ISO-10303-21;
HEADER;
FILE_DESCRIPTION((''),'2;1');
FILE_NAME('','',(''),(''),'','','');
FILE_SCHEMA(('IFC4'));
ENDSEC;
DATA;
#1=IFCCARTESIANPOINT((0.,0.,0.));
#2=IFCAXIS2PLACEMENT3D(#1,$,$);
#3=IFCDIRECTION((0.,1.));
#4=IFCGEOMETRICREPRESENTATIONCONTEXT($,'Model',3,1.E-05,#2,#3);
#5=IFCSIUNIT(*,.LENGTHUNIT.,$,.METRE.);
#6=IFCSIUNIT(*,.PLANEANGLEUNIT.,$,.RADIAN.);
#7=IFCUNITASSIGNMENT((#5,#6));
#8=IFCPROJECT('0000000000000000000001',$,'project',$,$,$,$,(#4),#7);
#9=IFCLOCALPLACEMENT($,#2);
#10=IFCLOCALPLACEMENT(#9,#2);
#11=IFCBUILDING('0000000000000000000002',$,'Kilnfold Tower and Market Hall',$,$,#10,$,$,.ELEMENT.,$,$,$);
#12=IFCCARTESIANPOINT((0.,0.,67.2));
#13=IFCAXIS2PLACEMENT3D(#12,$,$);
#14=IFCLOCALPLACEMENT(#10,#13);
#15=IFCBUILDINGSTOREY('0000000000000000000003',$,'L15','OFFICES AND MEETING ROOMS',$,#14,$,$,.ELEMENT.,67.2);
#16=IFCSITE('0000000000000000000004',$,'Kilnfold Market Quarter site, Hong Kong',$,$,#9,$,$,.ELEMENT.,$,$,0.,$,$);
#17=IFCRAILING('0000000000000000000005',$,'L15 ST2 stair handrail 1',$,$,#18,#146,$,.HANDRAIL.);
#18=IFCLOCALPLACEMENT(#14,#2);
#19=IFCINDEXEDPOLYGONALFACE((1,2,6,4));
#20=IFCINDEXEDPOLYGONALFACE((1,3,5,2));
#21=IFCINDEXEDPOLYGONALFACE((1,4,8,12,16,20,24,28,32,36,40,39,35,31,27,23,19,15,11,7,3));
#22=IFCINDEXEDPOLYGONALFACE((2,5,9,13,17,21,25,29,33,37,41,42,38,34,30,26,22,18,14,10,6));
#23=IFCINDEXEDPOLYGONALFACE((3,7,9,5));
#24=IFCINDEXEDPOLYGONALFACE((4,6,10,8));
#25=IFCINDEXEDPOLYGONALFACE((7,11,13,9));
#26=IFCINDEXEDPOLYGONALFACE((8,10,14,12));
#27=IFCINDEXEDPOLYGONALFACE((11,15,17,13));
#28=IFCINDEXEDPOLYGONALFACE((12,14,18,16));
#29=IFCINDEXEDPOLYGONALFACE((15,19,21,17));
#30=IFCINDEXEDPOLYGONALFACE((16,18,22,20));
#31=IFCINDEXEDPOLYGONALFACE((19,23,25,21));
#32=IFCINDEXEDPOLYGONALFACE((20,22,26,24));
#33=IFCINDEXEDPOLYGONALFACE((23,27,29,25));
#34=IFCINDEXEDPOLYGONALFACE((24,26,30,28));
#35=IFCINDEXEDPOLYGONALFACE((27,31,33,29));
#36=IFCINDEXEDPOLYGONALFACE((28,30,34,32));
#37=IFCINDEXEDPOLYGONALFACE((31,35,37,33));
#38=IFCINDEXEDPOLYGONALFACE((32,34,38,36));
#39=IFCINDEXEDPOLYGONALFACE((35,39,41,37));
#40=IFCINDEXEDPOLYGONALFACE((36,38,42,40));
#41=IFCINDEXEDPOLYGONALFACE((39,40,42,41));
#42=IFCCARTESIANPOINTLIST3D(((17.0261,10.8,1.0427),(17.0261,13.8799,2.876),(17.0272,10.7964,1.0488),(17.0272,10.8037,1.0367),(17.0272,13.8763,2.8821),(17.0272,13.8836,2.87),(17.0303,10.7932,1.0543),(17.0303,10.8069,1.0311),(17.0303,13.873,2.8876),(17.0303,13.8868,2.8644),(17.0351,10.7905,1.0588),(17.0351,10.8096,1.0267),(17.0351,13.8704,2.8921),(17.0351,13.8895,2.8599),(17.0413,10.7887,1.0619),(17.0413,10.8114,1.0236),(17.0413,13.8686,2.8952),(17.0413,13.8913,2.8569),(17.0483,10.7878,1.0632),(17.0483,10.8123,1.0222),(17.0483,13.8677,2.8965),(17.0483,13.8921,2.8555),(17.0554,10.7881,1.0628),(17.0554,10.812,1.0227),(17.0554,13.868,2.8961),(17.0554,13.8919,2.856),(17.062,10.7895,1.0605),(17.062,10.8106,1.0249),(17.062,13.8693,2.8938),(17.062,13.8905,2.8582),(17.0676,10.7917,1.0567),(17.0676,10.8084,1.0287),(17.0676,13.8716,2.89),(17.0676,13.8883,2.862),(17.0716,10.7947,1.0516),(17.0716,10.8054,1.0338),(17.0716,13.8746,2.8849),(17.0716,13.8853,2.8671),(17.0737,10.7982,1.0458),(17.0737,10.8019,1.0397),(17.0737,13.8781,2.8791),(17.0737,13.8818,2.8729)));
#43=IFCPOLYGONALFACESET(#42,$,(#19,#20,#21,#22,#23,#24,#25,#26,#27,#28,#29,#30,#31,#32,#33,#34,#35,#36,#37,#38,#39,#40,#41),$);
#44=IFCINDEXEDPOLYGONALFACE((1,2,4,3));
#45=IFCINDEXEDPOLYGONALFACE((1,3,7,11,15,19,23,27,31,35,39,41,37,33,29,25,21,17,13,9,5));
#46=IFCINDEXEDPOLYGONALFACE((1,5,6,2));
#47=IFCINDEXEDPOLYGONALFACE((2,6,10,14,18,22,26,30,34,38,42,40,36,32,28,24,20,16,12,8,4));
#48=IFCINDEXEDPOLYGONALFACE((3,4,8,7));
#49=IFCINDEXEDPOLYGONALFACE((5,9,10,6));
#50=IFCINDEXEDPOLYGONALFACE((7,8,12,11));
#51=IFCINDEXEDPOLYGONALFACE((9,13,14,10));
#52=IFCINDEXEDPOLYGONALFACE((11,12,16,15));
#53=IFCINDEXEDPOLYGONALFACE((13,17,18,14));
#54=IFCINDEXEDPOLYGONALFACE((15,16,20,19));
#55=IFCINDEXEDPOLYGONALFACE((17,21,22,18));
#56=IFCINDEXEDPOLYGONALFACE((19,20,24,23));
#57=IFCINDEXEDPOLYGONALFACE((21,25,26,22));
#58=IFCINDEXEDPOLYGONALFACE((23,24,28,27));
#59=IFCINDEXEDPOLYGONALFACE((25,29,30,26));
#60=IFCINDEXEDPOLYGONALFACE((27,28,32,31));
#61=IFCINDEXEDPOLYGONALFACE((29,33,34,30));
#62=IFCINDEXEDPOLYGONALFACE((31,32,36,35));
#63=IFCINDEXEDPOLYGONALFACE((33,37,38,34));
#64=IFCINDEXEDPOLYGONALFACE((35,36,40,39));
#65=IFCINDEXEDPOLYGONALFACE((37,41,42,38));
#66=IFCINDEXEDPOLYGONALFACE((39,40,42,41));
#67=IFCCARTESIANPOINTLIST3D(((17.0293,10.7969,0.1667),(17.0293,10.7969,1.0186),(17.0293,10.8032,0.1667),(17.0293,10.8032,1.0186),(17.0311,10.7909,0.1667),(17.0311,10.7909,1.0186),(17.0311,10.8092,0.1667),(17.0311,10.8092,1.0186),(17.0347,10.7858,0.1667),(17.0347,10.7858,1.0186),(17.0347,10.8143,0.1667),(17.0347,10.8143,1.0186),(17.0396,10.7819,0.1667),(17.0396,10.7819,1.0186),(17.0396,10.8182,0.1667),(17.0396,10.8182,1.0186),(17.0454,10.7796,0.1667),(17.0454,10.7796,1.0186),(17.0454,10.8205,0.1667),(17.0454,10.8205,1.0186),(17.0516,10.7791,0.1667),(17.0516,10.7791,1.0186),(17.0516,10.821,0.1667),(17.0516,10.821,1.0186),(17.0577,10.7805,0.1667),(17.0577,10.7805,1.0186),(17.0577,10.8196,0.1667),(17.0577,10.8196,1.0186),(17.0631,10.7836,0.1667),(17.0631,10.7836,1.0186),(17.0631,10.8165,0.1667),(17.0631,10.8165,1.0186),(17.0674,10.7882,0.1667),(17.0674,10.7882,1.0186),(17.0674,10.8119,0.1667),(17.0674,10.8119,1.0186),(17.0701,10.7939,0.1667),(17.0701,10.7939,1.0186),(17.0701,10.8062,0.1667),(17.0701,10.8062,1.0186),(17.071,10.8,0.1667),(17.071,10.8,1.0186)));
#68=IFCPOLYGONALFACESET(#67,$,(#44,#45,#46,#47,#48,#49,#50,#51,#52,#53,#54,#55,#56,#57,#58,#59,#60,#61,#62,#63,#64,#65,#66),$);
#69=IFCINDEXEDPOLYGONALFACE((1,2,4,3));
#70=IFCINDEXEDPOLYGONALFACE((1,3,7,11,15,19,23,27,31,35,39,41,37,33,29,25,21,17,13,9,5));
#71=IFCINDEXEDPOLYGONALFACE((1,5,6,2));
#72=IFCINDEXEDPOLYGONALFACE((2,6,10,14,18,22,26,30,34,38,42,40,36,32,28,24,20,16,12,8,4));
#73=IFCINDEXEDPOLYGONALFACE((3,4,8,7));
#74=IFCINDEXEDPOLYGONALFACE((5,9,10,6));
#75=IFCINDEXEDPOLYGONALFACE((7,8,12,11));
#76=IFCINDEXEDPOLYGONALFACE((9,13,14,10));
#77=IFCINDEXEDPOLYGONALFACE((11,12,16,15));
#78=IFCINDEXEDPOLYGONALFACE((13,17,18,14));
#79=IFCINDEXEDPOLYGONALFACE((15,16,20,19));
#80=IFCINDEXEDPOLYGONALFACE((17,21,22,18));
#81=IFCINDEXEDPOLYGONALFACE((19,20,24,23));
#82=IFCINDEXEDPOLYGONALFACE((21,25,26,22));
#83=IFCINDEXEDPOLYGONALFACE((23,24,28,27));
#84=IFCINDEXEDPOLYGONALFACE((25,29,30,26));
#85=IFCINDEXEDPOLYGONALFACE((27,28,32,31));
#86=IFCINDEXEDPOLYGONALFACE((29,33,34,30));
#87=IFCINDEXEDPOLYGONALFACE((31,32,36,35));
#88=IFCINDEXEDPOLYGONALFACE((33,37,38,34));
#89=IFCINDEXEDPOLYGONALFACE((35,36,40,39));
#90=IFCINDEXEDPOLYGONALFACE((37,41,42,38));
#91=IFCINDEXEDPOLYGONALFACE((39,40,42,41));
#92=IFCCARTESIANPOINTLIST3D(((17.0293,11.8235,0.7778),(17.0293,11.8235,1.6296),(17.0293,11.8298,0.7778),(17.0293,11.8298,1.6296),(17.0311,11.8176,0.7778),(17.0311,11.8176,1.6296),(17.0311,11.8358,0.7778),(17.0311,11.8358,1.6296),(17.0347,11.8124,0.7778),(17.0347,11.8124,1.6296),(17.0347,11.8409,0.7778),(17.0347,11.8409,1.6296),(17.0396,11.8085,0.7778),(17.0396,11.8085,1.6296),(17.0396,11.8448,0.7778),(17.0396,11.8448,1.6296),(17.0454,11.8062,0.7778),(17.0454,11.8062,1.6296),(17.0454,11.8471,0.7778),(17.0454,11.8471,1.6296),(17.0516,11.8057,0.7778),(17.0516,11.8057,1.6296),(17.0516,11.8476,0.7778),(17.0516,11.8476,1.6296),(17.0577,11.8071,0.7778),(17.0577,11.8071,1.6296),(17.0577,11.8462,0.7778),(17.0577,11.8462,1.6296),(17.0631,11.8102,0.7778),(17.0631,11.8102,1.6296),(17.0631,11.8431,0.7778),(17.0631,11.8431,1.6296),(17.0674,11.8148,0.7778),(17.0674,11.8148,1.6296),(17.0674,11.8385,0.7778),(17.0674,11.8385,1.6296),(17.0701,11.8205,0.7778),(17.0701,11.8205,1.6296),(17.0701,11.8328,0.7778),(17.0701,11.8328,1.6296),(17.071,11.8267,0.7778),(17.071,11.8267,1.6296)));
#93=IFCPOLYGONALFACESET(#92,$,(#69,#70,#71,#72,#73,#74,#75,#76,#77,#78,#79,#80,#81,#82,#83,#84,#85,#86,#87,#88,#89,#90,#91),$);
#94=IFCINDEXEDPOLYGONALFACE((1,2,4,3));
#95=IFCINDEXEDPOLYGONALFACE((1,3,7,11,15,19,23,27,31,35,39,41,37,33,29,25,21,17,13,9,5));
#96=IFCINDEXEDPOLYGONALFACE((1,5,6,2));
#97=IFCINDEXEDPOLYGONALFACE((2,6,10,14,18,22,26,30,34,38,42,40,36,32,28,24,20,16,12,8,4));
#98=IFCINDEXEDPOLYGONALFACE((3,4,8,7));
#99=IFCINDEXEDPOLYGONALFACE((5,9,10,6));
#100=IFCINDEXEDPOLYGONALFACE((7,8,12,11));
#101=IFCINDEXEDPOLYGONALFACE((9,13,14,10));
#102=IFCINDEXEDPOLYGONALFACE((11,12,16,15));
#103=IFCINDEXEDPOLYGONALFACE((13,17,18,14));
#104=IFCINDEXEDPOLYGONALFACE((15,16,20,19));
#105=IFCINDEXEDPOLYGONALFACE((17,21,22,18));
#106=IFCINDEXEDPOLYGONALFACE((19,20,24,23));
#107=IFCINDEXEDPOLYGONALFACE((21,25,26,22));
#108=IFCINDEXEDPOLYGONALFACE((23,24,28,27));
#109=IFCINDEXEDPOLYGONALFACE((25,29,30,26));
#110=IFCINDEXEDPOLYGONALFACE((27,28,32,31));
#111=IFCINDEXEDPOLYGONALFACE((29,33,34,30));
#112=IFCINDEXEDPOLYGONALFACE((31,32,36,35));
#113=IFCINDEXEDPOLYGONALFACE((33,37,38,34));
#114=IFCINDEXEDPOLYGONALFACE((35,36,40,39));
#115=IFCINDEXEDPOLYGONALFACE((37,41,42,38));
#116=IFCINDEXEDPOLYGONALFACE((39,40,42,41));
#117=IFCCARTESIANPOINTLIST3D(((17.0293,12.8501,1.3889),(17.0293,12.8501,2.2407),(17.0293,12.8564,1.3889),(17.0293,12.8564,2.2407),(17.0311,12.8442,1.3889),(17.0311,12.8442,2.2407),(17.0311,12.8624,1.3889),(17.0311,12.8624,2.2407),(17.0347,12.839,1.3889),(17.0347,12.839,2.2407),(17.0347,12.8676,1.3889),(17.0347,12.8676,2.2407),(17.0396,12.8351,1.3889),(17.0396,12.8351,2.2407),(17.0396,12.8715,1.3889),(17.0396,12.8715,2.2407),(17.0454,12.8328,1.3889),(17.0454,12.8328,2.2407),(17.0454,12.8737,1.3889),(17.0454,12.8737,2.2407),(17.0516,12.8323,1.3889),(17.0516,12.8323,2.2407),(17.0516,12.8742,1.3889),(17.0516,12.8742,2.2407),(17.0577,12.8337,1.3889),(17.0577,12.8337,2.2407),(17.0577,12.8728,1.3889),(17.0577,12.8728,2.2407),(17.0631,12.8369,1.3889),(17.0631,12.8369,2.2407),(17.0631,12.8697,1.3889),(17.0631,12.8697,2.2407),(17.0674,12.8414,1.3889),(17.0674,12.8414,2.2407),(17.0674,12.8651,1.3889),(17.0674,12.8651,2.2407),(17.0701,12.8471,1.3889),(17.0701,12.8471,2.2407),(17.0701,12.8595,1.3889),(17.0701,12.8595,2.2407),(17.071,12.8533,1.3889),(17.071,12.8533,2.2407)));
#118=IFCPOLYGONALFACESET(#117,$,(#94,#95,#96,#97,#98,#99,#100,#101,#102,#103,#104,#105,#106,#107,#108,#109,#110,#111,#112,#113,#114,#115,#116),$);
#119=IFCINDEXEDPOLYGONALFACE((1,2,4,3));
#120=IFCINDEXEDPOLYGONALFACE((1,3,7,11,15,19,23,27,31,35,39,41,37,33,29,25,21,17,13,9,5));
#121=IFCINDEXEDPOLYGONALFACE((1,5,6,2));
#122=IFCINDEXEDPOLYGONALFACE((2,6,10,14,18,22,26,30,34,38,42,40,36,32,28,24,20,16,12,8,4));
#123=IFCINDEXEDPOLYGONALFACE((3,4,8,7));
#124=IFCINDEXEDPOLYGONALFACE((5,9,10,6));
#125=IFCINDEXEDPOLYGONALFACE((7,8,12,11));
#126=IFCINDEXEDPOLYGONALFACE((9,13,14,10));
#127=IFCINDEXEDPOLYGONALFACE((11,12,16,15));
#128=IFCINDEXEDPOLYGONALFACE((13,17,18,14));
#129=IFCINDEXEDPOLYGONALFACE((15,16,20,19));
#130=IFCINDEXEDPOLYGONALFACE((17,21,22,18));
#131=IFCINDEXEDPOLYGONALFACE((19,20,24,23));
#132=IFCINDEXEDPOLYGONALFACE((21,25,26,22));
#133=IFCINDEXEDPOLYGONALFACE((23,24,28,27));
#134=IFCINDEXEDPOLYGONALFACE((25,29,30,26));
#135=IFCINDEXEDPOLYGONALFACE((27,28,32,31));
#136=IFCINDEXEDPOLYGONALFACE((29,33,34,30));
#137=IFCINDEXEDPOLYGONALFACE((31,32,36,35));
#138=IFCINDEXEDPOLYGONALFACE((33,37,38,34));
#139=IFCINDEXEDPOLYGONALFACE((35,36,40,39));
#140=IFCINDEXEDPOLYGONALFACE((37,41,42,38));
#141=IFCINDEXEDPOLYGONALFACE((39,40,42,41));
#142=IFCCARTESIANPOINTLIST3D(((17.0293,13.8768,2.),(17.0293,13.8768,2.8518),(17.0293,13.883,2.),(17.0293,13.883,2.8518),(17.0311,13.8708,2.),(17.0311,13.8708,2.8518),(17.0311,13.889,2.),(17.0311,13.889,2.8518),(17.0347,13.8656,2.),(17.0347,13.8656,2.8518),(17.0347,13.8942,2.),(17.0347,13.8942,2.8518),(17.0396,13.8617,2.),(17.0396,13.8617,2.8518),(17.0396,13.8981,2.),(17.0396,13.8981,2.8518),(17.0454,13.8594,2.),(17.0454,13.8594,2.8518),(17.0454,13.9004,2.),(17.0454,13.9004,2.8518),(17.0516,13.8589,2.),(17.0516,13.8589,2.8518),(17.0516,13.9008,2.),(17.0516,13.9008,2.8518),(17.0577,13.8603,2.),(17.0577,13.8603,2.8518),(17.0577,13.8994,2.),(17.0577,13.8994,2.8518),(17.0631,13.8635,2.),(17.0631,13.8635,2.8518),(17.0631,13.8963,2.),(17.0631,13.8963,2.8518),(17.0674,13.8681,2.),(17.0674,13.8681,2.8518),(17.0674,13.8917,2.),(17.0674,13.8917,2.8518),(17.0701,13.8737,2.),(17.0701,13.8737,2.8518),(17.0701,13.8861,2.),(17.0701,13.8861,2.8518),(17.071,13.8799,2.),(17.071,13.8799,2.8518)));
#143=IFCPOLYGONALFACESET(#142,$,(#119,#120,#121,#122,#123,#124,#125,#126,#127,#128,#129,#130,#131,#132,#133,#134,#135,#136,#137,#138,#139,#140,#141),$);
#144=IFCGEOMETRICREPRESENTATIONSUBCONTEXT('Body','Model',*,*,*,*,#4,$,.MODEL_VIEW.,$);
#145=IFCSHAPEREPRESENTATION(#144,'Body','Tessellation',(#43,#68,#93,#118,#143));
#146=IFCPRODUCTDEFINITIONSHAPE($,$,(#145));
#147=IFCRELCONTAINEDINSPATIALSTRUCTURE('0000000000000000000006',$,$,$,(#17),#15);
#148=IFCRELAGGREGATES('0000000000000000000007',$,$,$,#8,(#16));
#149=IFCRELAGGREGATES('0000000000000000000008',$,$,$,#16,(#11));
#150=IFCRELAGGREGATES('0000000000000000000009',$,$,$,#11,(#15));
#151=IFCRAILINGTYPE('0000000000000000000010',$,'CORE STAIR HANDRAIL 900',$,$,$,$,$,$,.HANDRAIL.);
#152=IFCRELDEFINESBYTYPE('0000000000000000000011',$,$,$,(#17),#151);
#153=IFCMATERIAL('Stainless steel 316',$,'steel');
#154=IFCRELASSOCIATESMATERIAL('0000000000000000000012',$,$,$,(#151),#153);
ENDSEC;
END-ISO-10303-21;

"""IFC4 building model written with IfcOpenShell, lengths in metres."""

from ifc_helpers import new_model, si_unit, direction, frame, origin, origin_2d, place, context, subcontext, project, spatial, circle, extrude, material, type_object, element, save


model = new_model("IFC4")

# Units and contexts
model_context = context("Model", 3, precision=1e-05, world=origin(), true_north=direction((0.0, 1.0)))
body_context = subcontext(model_context, "Body", "Model", "MODEL_VIEW")
ifc_project = project(units=[si_unit("LENGTHUNIT", "METRE"), si_unit("PLANEANGLEUNIT", "RADIAN")], contexts=[model_context])

# Site, building, storey
site_placement = place(None, origin())
site = spatial("IfcSite", under=ifc_project, at=site_placement, Name="Kilnfold Market Quarter site, Hong Kong", CompositionType="ELEMENT", RefElevation=0.0)
building_placement = place(site_placement, origin())
building = spatial("IfcBuilding", under=site, at=building_placement, Name="Kilnfold Tower and Market Hall", CompositionType="ELEMENT")
storey_placement = place(building_placement, frame((0.0, 0.0, 67.2)))
storey = spatial("IfcBuildingStorey", under=building, at=storey_placement, Name="L15", Description="OFFICES AND MEETING ROOMS", CompositionType="ELEMENT", Elevation=67.2)

# Railing
ifc_material_1 = material(Name="Stainless steel 316", Category="steel")
railing_type_1 = type_object("IfcRailingType", Name="CORE STAIR HANDRAIL 900", PredefinedType="HANDRAIL", material=ifc_material_1)
railing_1_placement = place(storey_placement, frame((17.05, 10.8, 0.1667)))
element("IfcRailing", 1, at=railing_1_placement, inside=storey, type_object=railing_type_1, Name="L15 ST2 stair handrail 1", PredefinedType="HANDRAIL", context=body_context, shape_type="SweptSolid", body=[
    extrude(circle(Radius=0.0239, at=origin_2d()), frame((0.0, 0.0, 0.876), z_axis=(0.0, 0.859291, 0.511487), x_axis=(-1.0, 0.0, 0.0)), (0.0, 0.0, 1.0), 3.5842),
    extrude(circle(Radius=0.021, at=origin_2d()), origin(), (0.0, 0.0, 1.0), 0.8518),
    extrude(circle(Radius=0.021, at=origin_2d()), frame((0.0, 1.0266, 0.6111)), (0.0, 0.0, 1.0), 0.8518),
    extrude(circle(Radius=0.021, at=origin_2d()), frame((0.0, 2.0532, 1.2222)), (0.0, 0.0, 1.0), 0.8518),
    extrude(circle(Radius=0.021, at=origin_2d()), frame((0.0, 3.0798, 1.8333)), (0.0, 0.0, 1.0), 0.8518),
])

save(model, "model.ifc")
